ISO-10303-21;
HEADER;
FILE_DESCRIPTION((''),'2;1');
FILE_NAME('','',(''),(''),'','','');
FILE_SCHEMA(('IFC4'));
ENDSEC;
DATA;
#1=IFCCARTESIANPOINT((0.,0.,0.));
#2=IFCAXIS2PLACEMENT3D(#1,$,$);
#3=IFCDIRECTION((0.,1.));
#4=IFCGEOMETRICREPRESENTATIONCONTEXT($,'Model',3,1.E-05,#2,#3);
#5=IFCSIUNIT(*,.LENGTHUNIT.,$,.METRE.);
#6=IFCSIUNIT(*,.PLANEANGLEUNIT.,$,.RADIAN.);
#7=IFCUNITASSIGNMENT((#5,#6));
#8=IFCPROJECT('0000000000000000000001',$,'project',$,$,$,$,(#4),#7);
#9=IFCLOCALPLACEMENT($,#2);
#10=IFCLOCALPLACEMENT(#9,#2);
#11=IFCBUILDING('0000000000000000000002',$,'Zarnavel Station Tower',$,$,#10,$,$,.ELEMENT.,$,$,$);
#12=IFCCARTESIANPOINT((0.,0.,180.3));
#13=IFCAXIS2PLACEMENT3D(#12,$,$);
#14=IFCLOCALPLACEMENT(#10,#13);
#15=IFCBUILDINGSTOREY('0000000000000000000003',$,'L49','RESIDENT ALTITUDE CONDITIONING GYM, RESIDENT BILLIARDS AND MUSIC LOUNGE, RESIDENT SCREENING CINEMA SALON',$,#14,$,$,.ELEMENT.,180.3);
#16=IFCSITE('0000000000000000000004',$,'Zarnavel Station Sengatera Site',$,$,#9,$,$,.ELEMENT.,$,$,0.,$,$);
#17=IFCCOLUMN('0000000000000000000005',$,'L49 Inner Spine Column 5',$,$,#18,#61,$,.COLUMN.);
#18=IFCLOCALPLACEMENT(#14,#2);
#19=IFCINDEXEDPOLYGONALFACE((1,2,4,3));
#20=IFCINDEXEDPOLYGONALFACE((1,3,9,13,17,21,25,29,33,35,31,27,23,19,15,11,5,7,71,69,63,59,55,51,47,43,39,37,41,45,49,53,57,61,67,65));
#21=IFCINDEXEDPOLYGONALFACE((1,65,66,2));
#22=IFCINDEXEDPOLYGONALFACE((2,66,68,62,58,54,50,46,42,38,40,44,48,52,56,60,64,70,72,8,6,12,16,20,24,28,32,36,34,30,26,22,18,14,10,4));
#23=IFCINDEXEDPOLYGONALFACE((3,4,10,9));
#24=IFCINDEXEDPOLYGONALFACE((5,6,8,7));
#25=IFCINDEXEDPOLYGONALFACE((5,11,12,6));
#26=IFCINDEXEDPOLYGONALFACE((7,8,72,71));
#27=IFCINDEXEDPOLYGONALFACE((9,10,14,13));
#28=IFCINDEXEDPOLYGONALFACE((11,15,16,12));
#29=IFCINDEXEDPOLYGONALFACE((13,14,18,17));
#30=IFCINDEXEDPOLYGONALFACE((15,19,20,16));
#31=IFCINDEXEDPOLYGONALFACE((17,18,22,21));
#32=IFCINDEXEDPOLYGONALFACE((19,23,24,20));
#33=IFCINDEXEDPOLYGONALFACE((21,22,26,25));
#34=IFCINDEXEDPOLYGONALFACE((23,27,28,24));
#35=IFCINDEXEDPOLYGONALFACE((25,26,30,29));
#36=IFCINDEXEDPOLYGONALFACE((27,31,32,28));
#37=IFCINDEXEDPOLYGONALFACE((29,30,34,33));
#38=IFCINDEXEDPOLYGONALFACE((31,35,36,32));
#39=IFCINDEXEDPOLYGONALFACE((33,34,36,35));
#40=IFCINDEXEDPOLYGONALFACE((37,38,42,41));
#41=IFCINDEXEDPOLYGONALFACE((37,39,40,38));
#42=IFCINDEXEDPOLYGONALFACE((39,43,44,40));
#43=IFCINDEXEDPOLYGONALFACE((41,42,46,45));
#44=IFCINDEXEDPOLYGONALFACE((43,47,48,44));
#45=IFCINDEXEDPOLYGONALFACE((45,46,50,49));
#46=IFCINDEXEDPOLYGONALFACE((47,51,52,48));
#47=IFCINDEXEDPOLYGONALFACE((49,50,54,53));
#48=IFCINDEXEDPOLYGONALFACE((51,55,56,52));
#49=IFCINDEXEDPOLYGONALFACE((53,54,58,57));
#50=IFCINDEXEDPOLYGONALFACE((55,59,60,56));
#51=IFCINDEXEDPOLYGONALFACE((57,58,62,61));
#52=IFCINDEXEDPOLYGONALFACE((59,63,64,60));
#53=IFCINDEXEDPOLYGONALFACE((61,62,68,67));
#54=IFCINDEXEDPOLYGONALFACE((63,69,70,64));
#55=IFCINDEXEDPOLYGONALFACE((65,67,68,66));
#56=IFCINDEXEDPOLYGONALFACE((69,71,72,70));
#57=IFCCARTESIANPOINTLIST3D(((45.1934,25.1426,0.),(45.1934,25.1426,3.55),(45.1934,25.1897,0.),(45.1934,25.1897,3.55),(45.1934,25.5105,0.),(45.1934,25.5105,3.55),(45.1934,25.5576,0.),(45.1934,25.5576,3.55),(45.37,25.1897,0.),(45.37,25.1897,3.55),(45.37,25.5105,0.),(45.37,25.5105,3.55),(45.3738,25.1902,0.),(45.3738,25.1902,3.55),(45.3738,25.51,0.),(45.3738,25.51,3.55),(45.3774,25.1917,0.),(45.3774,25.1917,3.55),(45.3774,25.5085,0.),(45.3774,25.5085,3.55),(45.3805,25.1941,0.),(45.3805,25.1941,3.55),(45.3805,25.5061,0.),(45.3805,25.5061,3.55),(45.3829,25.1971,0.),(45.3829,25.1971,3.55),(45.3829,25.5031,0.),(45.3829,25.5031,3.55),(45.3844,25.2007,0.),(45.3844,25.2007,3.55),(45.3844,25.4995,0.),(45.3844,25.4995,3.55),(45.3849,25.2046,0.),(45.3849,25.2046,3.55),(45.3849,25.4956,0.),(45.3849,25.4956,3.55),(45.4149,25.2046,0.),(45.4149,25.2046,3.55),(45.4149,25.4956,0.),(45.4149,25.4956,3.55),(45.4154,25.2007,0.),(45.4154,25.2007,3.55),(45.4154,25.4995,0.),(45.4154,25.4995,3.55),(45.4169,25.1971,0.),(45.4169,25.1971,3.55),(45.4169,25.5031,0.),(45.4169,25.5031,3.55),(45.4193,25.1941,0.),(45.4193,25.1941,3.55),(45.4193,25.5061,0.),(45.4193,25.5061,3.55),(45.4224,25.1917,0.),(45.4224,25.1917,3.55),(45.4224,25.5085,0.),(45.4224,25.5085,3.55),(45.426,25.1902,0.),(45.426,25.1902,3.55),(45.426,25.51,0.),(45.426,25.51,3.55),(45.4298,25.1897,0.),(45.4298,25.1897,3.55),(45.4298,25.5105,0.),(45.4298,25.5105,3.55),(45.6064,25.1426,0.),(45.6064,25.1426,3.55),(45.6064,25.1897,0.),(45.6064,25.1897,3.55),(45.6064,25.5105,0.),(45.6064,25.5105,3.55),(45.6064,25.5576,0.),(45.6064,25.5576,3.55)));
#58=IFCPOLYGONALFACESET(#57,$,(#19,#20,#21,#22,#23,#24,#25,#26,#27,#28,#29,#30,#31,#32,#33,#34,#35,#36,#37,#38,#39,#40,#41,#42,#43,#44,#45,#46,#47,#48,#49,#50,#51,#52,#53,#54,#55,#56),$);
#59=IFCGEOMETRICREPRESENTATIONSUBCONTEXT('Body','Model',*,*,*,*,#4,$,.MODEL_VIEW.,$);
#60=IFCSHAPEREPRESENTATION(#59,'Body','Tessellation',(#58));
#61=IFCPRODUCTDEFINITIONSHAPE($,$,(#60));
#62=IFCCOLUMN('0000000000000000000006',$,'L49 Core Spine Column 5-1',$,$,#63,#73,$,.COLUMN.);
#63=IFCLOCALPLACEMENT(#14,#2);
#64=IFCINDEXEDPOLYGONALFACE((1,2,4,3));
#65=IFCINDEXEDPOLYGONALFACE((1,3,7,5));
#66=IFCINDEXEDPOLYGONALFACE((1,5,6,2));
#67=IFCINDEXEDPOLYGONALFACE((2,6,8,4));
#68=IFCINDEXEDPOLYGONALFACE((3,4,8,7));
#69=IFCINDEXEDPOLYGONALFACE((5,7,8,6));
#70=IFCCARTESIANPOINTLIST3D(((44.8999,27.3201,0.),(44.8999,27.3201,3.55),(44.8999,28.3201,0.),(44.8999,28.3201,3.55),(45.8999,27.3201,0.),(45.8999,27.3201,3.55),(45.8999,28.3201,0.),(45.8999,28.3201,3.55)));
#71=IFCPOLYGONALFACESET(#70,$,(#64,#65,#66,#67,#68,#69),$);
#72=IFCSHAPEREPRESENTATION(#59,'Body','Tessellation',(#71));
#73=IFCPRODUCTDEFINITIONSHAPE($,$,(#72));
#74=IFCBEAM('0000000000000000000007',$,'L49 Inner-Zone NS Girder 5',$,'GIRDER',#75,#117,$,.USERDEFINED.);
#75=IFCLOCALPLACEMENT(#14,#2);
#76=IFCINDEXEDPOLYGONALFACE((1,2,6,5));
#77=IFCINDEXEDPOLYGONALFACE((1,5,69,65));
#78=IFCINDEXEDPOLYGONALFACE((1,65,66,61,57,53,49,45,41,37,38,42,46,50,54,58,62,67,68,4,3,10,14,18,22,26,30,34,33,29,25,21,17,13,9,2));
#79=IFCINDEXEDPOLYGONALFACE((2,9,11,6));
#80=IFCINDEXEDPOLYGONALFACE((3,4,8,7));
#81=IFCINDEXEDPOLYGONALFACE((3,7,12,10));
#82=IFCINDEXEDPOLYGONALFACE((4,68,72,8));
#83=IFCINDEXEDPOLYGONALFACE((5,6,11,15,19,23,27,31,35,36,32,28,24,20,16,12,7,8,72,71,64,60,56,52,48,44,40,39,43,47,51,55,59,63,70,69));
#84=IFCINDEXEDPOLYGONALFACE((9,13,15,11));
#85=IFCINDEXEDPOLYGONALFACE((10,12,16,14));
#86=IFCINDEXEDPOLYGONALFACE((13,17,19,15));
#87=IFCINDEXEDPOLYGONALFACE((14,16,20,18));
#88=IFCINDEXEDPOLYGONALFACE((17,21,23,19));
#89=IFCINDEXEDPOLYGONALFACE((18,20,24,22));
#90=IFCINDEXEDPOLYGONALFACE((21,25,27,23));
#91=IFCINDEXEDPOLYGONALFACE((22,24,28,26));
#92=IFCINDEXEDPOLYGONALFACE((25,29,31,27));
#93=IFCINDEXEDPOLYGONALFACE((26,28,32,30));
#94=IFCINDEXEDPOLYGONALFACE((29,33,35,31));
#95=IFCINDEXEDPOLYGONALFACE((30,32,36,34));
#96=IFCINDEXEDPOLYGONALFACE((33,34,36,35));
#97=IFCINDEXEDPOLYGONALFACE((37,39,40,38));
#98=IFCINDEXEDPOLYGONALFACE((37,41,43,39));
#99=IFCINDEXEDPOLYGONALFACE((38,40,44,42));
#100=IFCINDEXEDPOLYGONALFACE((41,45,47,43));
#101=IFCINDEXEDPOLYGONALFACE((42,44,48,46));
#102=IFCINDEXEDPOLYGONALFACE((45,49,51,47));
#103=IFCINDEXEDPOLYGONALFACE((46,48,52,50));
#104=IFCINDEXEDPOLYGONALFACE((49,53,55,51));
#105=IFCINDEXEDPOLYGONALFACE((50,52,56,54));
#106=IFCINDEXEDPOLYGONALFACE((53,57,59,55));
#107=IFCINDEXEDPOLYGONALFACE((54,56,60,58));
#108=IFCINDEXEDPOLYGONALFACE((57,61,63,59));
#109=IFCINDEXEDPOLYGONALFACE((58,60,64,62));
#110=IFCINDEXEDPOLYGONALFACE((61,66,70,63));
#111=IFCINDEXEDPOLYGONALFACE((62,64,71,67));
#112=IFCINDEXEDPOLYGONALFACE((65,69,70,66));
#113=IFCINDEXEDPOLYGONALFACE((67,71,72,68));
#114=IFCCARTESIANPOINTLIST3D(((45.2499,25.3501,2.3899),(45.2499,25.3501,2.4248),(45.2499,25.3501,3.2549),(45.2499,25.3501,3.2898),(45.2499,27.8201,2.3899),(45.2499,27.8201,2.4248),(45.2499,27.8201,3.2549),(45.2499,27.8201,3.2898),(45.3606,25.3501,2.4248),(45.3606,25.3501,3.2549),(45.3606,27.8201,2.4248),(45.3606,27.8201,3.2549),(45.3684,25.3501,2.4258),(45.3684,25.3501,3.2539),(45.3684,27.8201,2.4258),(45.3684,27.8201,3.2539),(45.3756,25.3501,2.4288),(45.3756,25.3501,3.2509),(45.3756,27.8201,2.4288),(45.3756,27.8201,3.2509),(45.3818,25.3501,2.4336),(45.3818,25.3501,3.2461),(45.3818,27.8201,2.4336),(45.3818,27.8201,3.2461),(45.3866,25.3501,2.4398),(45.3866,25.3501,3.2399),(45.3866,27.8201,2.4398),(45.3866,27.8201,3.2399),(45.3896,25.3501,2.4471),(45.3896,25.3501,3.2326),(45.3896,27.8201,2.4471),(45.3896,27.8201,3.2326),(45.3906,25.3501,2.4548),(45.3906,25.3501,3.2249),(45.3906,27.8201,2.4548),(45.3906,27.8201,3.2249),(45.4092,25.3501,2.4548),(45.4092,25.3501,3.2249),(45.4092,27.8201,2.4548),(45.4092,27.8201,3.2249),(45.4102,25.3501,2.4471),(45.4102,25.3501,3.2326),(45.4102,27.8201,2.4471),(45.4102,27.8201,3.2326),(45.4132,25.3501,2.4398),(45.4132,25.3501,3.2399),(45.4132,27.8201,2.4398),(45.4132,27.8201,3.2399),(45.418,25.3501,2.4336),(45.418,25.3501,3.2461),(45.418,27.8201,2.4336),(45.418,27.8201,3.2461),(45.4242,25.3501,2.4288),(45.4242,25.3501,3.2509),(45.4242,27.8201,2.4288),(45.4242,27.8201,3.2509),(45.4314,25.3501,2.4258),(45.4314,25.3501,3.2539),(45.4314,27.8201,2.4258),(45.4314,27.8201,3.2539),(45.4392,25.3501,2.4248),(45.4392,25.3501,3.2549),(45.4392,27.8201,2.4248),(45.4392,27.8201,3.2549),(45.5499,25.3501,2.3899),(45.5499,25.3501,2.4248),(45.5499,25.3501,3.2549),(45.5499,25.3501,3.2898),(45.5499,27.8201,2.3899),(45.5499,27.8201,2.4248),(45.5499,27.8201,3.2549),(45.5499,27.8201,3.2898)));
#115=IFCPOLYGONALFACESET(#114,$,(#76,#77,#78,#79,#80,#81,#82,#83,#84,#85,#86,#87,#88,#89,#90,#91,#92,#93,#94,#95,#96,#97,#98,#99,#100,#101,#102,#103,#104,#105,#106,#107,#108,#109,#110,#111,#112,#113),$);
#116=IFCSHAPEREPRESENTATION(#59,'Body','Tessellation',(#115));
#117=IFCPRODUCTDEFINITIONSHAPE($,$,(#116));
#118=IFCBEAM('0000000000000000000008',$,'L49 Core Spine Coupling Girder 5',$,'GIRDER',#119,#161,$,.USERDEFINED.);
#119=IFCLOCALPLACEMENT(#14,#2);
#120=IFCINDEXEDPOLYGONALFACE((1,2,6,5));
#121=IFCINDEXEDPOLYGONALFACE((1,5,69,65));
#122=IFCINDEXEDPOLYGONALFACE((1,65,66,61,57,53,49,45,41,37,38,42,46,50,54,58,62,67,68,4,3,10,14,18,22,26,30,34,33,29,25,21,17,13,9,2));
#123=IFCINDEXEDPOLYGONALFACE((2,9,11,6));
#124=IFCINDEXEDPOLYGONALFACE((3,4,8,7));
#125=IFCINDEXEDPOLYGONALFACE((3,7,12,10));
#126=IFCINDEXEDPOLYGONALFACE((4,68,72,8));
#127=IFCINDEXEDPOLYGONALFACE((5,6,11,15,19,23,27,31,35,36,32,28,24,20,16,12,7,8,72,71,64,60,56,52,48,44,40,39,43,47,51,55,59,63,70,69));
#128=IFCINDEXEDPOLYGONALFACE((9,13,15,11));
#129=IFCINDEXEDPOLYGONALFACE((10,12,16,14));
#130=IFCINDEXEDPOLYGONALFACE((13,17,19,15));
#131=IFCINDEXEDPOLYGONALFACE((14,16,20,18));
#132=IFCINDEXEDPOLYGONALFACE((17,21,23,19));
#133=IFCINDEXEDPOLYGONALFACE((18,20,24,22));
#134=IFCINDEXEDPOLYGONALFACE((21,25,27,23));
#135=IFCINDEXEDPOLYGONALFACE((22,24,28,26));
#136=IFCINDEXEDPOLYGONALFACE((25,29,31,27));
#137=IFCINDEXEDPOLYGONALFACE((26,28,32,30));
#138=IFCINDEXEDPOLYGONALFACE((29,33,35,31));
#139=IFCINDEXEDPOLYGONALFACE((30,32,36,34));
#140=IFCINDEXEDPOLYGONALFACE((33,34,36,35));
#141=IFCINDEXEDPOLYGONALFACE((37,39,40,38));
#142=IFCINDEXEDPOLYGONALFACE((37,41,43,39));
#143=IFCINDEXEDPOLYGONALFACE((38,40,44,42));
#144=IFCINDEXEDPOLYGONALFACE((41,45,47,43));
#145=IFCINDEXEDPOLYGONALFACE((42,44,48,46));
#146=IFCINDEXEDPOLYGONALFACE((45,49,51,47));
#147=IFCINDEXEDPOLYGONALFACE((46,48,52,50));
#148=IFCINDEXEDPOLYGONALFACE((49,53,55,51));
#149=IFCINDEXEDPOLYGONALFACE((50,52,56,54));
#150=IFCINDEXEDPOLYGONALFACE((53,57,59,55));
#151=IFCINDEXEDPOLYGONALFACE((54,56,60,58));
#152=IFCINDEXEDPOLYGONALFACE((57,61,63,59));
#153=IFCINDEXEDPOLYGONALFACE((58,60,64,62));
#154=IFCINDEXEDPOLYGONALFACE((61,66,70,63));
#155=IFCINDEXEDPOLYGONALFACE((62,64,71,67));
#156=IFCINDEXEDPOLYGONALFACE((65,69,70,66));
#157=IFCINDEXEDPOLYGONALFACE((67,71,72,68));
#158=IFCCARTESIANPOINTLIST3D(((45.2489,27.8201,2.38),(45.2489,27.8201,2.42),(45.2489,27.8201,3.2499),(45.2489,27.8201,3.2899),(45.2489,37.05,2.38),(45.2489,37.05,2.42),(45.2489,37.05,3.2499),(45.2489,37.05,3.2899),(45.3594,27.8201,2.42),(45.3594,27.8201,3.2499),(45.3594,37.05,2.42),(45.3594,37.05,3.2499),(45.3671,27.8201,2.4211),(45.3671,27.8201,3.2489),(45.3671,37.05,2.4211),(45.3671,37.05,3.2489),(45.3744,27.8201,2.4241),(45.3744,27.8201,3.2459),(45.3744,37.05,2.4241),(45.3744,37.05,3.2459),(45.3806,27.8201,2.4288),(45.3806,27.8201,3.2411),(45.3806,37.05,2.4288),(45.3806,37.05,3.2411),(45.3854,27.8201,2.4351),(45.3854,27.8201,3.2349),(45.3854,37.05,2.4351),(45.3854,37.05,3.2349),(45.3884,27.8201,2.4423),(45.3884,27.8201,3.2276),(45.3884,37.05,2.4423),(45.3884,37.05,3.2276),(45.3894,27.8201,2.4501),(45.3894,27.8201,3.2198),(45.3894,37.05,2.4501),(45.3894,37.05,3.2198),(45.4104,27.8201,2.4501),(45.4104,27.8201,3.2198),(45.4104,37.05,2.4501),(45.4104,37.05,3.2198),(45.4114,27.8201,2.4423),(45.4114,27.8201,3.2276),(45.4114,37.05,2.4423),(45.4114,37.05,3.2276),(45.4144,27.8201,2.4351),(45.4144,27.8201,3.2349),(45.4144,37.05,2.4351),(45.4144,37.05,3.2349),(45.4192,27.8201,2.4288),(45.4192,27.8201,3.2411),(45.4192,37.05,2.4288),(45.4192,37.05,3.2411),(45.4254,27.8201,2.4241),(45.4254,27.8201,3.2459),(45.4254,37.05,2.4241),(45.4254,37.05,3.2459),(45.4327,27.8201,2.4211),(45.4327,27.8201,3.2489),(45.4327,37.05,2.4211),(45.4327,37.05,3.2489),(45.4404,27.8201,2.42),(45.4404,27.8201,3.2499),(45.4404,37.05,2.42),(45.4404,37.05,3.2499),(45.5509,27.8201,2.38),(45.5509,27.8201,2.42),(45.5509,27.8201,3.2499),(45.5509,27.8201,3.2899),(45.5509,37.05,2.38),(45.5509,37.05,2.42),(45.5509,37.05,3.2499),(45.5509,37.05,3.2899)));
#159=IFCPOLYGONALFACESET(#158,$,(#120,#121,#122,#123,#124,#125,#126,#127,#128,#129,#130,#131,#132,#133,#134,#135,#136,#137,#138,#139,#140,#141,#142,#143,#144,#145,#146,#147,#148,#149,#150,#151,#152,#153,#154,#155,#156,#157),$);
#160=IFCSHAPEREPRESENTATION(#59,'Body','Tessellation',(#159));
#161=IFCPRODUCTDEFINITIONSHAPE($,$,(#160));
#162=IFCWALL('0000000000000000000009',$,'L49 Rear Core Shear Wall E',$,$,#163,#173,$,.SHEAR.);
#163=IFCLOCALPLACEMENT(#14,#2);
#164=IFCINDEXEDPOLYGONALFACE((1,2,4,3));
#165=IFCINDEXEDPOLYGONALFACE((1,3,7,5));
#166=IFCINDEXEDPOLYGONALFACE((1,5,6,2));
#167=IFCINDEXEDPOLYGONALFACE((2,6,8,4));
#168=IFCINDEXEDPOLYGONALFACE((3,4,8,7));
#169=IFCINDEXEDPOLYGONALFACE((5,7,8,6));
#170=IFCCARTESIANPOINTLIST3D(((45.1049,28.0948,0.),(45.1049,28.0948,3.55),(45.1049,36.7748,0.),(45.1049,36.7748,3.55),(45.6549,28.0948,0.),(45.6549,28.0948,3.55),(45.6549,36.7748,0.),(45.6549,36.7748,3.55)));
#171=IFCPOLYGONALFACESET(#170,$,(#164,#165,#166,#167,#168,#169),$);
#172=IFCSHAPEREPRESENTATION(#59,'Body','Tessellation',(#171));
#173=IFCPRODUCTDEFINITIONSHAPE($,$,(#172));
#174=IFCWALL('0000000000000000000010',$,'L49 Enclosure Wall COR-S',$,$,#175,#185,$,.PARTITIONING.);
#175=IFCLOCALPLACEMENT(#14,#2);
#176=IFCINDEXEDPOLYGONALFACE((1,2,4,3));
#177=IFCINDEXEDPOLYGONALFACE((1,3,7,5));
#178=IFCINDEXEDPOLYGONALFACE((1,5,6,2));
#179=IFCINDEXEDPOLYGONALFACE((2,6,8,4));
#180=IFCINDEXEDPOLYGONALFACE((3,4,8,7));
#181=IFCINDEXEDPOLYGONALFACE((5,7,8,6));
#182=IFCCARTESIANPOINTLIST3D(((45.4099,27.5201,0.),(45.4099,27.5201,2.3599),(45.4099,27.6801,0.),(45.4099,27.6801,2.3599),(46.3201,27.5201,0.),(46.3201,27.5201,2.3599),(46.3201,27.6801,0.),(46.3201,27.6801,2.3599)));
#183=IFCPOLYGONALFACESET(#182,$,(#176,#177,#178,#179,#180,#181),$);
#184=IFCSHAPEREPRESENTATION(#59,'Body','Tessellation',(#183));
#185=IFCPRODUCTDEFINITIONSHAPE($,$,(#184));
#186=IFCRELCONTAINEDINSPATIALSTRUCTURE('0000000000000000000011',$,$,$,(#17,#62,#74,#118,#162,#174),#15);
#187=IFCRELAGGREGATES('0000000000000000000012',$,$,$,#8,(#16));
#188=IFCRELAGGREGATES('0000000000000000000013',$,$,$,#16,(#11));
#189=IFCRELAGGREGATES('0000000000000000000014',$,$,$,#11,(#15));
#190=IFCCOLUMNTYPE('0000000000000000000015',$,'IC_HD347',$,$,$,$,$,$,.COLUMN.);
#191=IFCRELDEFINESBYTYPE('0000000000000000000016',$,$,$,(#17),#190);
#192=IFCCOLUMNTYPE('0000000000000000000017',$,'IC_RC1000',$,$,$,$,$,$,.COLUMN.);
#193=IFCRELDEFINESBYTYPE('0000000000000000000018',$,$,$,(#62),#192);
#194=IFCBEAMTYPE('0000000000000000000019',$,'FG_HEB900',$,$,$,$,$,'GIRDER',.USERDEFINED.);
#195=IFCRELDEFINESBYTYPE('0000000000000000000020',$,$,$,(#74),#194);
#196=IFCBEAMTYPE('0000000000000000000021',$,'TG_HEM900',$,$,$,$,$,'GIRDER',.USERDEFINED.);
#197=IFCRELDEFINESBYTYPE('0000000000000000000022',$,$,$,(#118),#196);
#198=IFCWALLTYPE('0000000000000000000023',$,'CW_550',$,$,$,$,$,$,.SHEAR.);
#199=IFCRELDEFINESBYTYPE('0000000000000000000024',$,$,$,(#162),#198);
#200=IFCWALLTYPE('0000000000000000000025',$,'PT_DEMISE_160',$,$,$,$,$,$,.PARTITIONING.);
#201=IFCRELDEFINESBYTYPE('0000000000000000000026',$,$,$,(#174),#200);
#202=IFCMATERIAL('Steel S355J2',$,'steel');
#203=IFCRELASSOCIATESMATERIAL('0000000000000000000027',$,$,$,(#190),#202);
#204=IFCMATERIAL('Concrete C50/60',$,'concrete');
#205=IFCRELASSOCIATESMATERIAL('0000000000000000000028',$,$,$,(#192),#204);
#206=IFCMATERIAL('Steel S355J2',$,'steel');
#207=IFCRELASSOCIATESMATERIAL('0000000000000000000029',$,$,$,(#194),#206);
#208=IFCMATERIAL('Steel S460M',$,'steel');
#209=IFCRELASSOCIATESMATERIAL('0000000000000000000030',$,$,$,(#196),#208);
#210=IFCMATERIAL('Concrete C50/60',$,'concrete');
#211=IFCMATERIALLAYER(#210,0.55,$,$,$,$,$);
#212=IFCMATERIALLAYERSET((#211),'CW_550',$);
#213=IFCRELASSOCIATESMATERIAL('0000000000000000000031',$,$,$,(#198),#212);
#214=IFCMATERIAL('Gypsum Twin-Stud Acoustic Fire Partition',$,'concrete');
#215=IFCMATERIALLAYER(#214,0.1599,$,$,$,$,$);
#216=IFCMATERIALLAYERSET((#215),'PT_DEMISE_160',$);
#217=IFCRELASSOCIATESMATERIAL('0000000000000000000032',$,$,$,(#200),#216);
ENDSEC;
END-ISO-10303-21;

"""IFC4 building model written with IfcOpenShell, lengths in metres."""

from ifc_helpers import new_model, si_unit, direction, frame, frame_2d, origin, origin_2d, place, context, subcontext, project, spatial, rectangle, i_section, extrude, material, layer, layer_set, material_profile, profile_set, type_object, element, save


model = new_model("IFC4")

# Units and contexts
model_context = context("Model", 3, precision=1e-05, world=origin(), true_north=direction((0.0, 1.0)))
body_context = subcontext(model_context, "Body", "Model", "MODEL_VIEW")
ifc_project = project(units=[si_unit("LENGTHUNIT", "METRE"), si_unit("PLANEANGLEUNIT", "RADIAN")], contexts=[model_context])

# Site, building, storey
site_placement = place(None, origin())
site = spatial("IfcSite", under=ifc_project, at=site_placement, Name="Zarnavel Station Sengatera Site", CompositionType="ELEMENT", RefElevation=0.0)
building_placement = place(site_placement, origin())
building = spatial("IfcBuilding", under=site, at=building_placement, Name="Zarnavel Station Tower", CompositionType="ELEMENT")
storey_placement = place(building_placement, frame((0.0, 0.0, 180.3)))
storey = spatial("IfcBuildingStorey", under=building, at=storey_placement, Name="L49", Description="RESIDENT ALTITUDE CONDITIONING GYM, RESIDENT BILLIARDS AND MUSIC LOUNGE, RESIDENT SCREENING CINEMA SALON", CompositionType="ELEMENT", Elevation=180.3)

# Columns
ifc_material_1 = material(Name="Steel S355J2", Category="steel")
ifc_material_profile_1 = material_profile(ifc_material_1, i_section(OverallWidth=0.4131, OverallDepth=0.415, WebThickness=0.03, FlangeThickness=0.0471, FilletRadius=0.0149, at=origin_2d()), Name="HD400x347")
ifc_profile_set_1 = profile_set([ifc_material_profile_1], Name="Steel S355J2")
column_type_1 = type_object("IfcColumnType", Name="IC_HD347", PredefinedType="COLUMN", material=ifc_profile_set_1)
column_1_placement = place(storey_placement, frame((45.3999, 25.3501, 0.0), z_axis=(0.0, 0.0, 1.0), x_axis=(1.0, 0.0, 0.0)))
element("IfcColumn", 1, at=column_1_placement, inside=storey, type_object=column_type_1, Name="L49 Inner Spine Column 5", PredefinedType="COLUMN", context=body_context, shape_type="SweptSolid", body=[
    extrude(i_section(OverallWidth=0.4131, OverallDepth=0.415, WebThickness=0.03, FlangeThickness=0.0471, FilletRadius=0.0149, at=origin_2d()), origin(), (0.0, 0.0, 1.0), 3.55),
])
ifc_material_2 = material(Name="Concrete C50/60", Category="concrete")
ifc_material_profile_2 = material_profile(ifc_material_2, rectangle(XDim=1.0, YDim=1.0, at=origin_2d()), Name="RC1000x1000")
ifc_profile_set_2 = profile_set([ifc_material_profile_2], Name="Concrete C50/60")
column_type_2 = type_object("IfcColumnType", Name="IC_RC1000", PredefinedType="COLUMN", material=ifc_profile_set_2)
column_2_placement = place(storey_placement, frame((45.3999, 27.8201, 0.0), z_axis=(0.0, 0.0, 1.0), x_axis=(1.0, 0.0, 0.0)))
element("IfcColumn", 2, at=column_2_placement, inside=storey, type_object=column_type_2, Name="L49 Core Spine Column 5-1", PredefinedType="COLUMN", context=body_context, shape_type="SweptSolid", body=[
    extrude(rectangle(XDim=1.0, YDim=1.0, at=origin_2d()), origin(), (0.0, 0.0, 1.0), 3.55),
])

# Beams
ifc_material_3 = material(Name="Steel S355J2", Category="steel")
ifc_material_profile_3 = material_profile(ifc_material_3, i_section(OverallWidth=0.3, OverallDepth=0.8999, WebThickness=0.0186, FlangeThickness=0.0349, FilletRadius=0.03, at=origin_2d()), Name="HEB900")
ifc_profile_set_3 = profile_set([ifc_material_profile_3], Name="Steel S355J2")
beam_type_1 = type_object("IfcBeamType", Name="FG_HEB900", ElementType="GIRDER", PredefinedType="USERDEFINED", material=ifc_profile_set_3)
beam_1_placement = place(storey_placement, frame((45.3999, 25.3501, 2.8398), z_axis=(0.0, 1.0, 0.0), x_axis=(-1.0, 0.0, 0.0)))
element("IfcBeam", 3, at=beam_1_placement, inside=storey, type_object=beam_type_1, Name="L49 Inner-Zone NS Girder 5", ObjectType="GIRDER", PredefinedType="USERDEFINED", context=body_context, shape_type="SweptSolid", body=[
    extrude(i_section(OverallWidth=0.3, OverallDepth=0.8999, WebThickness=0.0186, FlangeThickness=0.0349, FilletRadius=0.03, at=origin_2d()), origin(), (0.0, 0.0, 1.0), 2.47),
])
ifc_material_4 = material(Name="Steel S460M", Category="steel")
ifc_material_profile_4 = material_profile(ifc_material_4, i_section(OverallWidth=0.302, OverallDepth=0.9099, WebThickness=0.021, FlangeThickness=0.04, FilletRadius=0.03, at=origin_2d()), Name="HEM900")
ifc_profile_set_4 = profile_set([ifc_material_profile_4], Name="Steel S460M")
beam_type_2 = type_object("IfcBeamType", Name="TG_HEM900", ElementType="GIRDER", PredefinedType="USERDEFINED", material=ifc_profile_set_4)
beam_2_placement = place(storey_placement, frame((45.3999, 27.8201, 2.835), z_axis=(0.0, 1.0, 0.0), x_axis=(-1.0, 0.0, 0.0)))
element("IfcBeam", 4, at=beam_2_placement, inside=storey, type_object=beam_type_2, Name="L49 Core Spine Coupling Girder 5", ObjectType="GIRDER", PredefinedType="USERDEFINED", context=body_context, shape_type="SweptSolid", body=[
    extrude(i_section(OverallWidth=0.302, OverallDepth=0.9099, WebThickness=0.021, FlangeThickness=0.04, FilletRadius=0.03, at=origin_2d()), origin(), (0.0, 0.0, 1.0), 9.23),
])

# Shared definitions
ifc_material_5 = material(Name="Concrete C50/60", Category="concrete")
ifc_layer_1 = layer(ifc_material_5, 0.55)
ifc_layer_set_1 = layer_set([ifc_layer_1], Name="CW_550")
wall_type_1 = type_object("IfcWallType", Name="CW_550", PredefinedType="SHEAR", material=ifc_layer_set_1)

# Walls
wall_1_placement = place(storey_placement, frame((45.3799, 28.095, 0.0), z_axis=(0.0, 0.0, 1.0), x_axis=(0.0, 1.0, 0.0)))
element("IfcWall", 5, at=wall_1_placement, inside=storey, type_object=wall_type_1, Name="L49 Rear Core Shear Wall E", PredefinedType="SHEAR", context=body_context, shape_type="SweptSolid", body=[
    extrude(rectangle(XDim=8.6799, YDim=0.55, at=frame_2d((4.3398, 0.0))), origin(), (0.0, 0.0, 1.0), 3.55),
])
ifc_material_6 = material(Name="Gypsum Twin-Stud Acoustic Fire Partition", Category="concrete")
ifc_layer_2 = layer(ifc_material_6, 0.1599)
ifc_layer_set_2 = layer_set([ifc_layer_2], Name="PT_DEMISE_160")
wall_type_2 = type_object("IfcWallType", Name="PT_DEMISE_160", PredefinedType="PARTITIONING", material=ifc_layer_set_2)
wall_2_placement = place(storey_placement, frame((45.4099, 27.6001, 0.0), z_axis=(0.0, 0.0, 1.0), x_axis=(1.0, 0.0, 0.0)))
element("IfcWall", 6, at=wall_2_placement, inside=storey, type_object=wall_type_2, Name="L49 Enclosure Wall COR-S", PredefinedType="PARTITIONING", context=body_context, shape_type="SweptSolid", body=[
    extrude(rectangle(XDim=0.9102, YDim=0.1599, at=frame_2d((0.4551, 0.0))), origin(), (0.0, 0.0, 1.0), 2.3599),
])

save(model, "model.ifc")
